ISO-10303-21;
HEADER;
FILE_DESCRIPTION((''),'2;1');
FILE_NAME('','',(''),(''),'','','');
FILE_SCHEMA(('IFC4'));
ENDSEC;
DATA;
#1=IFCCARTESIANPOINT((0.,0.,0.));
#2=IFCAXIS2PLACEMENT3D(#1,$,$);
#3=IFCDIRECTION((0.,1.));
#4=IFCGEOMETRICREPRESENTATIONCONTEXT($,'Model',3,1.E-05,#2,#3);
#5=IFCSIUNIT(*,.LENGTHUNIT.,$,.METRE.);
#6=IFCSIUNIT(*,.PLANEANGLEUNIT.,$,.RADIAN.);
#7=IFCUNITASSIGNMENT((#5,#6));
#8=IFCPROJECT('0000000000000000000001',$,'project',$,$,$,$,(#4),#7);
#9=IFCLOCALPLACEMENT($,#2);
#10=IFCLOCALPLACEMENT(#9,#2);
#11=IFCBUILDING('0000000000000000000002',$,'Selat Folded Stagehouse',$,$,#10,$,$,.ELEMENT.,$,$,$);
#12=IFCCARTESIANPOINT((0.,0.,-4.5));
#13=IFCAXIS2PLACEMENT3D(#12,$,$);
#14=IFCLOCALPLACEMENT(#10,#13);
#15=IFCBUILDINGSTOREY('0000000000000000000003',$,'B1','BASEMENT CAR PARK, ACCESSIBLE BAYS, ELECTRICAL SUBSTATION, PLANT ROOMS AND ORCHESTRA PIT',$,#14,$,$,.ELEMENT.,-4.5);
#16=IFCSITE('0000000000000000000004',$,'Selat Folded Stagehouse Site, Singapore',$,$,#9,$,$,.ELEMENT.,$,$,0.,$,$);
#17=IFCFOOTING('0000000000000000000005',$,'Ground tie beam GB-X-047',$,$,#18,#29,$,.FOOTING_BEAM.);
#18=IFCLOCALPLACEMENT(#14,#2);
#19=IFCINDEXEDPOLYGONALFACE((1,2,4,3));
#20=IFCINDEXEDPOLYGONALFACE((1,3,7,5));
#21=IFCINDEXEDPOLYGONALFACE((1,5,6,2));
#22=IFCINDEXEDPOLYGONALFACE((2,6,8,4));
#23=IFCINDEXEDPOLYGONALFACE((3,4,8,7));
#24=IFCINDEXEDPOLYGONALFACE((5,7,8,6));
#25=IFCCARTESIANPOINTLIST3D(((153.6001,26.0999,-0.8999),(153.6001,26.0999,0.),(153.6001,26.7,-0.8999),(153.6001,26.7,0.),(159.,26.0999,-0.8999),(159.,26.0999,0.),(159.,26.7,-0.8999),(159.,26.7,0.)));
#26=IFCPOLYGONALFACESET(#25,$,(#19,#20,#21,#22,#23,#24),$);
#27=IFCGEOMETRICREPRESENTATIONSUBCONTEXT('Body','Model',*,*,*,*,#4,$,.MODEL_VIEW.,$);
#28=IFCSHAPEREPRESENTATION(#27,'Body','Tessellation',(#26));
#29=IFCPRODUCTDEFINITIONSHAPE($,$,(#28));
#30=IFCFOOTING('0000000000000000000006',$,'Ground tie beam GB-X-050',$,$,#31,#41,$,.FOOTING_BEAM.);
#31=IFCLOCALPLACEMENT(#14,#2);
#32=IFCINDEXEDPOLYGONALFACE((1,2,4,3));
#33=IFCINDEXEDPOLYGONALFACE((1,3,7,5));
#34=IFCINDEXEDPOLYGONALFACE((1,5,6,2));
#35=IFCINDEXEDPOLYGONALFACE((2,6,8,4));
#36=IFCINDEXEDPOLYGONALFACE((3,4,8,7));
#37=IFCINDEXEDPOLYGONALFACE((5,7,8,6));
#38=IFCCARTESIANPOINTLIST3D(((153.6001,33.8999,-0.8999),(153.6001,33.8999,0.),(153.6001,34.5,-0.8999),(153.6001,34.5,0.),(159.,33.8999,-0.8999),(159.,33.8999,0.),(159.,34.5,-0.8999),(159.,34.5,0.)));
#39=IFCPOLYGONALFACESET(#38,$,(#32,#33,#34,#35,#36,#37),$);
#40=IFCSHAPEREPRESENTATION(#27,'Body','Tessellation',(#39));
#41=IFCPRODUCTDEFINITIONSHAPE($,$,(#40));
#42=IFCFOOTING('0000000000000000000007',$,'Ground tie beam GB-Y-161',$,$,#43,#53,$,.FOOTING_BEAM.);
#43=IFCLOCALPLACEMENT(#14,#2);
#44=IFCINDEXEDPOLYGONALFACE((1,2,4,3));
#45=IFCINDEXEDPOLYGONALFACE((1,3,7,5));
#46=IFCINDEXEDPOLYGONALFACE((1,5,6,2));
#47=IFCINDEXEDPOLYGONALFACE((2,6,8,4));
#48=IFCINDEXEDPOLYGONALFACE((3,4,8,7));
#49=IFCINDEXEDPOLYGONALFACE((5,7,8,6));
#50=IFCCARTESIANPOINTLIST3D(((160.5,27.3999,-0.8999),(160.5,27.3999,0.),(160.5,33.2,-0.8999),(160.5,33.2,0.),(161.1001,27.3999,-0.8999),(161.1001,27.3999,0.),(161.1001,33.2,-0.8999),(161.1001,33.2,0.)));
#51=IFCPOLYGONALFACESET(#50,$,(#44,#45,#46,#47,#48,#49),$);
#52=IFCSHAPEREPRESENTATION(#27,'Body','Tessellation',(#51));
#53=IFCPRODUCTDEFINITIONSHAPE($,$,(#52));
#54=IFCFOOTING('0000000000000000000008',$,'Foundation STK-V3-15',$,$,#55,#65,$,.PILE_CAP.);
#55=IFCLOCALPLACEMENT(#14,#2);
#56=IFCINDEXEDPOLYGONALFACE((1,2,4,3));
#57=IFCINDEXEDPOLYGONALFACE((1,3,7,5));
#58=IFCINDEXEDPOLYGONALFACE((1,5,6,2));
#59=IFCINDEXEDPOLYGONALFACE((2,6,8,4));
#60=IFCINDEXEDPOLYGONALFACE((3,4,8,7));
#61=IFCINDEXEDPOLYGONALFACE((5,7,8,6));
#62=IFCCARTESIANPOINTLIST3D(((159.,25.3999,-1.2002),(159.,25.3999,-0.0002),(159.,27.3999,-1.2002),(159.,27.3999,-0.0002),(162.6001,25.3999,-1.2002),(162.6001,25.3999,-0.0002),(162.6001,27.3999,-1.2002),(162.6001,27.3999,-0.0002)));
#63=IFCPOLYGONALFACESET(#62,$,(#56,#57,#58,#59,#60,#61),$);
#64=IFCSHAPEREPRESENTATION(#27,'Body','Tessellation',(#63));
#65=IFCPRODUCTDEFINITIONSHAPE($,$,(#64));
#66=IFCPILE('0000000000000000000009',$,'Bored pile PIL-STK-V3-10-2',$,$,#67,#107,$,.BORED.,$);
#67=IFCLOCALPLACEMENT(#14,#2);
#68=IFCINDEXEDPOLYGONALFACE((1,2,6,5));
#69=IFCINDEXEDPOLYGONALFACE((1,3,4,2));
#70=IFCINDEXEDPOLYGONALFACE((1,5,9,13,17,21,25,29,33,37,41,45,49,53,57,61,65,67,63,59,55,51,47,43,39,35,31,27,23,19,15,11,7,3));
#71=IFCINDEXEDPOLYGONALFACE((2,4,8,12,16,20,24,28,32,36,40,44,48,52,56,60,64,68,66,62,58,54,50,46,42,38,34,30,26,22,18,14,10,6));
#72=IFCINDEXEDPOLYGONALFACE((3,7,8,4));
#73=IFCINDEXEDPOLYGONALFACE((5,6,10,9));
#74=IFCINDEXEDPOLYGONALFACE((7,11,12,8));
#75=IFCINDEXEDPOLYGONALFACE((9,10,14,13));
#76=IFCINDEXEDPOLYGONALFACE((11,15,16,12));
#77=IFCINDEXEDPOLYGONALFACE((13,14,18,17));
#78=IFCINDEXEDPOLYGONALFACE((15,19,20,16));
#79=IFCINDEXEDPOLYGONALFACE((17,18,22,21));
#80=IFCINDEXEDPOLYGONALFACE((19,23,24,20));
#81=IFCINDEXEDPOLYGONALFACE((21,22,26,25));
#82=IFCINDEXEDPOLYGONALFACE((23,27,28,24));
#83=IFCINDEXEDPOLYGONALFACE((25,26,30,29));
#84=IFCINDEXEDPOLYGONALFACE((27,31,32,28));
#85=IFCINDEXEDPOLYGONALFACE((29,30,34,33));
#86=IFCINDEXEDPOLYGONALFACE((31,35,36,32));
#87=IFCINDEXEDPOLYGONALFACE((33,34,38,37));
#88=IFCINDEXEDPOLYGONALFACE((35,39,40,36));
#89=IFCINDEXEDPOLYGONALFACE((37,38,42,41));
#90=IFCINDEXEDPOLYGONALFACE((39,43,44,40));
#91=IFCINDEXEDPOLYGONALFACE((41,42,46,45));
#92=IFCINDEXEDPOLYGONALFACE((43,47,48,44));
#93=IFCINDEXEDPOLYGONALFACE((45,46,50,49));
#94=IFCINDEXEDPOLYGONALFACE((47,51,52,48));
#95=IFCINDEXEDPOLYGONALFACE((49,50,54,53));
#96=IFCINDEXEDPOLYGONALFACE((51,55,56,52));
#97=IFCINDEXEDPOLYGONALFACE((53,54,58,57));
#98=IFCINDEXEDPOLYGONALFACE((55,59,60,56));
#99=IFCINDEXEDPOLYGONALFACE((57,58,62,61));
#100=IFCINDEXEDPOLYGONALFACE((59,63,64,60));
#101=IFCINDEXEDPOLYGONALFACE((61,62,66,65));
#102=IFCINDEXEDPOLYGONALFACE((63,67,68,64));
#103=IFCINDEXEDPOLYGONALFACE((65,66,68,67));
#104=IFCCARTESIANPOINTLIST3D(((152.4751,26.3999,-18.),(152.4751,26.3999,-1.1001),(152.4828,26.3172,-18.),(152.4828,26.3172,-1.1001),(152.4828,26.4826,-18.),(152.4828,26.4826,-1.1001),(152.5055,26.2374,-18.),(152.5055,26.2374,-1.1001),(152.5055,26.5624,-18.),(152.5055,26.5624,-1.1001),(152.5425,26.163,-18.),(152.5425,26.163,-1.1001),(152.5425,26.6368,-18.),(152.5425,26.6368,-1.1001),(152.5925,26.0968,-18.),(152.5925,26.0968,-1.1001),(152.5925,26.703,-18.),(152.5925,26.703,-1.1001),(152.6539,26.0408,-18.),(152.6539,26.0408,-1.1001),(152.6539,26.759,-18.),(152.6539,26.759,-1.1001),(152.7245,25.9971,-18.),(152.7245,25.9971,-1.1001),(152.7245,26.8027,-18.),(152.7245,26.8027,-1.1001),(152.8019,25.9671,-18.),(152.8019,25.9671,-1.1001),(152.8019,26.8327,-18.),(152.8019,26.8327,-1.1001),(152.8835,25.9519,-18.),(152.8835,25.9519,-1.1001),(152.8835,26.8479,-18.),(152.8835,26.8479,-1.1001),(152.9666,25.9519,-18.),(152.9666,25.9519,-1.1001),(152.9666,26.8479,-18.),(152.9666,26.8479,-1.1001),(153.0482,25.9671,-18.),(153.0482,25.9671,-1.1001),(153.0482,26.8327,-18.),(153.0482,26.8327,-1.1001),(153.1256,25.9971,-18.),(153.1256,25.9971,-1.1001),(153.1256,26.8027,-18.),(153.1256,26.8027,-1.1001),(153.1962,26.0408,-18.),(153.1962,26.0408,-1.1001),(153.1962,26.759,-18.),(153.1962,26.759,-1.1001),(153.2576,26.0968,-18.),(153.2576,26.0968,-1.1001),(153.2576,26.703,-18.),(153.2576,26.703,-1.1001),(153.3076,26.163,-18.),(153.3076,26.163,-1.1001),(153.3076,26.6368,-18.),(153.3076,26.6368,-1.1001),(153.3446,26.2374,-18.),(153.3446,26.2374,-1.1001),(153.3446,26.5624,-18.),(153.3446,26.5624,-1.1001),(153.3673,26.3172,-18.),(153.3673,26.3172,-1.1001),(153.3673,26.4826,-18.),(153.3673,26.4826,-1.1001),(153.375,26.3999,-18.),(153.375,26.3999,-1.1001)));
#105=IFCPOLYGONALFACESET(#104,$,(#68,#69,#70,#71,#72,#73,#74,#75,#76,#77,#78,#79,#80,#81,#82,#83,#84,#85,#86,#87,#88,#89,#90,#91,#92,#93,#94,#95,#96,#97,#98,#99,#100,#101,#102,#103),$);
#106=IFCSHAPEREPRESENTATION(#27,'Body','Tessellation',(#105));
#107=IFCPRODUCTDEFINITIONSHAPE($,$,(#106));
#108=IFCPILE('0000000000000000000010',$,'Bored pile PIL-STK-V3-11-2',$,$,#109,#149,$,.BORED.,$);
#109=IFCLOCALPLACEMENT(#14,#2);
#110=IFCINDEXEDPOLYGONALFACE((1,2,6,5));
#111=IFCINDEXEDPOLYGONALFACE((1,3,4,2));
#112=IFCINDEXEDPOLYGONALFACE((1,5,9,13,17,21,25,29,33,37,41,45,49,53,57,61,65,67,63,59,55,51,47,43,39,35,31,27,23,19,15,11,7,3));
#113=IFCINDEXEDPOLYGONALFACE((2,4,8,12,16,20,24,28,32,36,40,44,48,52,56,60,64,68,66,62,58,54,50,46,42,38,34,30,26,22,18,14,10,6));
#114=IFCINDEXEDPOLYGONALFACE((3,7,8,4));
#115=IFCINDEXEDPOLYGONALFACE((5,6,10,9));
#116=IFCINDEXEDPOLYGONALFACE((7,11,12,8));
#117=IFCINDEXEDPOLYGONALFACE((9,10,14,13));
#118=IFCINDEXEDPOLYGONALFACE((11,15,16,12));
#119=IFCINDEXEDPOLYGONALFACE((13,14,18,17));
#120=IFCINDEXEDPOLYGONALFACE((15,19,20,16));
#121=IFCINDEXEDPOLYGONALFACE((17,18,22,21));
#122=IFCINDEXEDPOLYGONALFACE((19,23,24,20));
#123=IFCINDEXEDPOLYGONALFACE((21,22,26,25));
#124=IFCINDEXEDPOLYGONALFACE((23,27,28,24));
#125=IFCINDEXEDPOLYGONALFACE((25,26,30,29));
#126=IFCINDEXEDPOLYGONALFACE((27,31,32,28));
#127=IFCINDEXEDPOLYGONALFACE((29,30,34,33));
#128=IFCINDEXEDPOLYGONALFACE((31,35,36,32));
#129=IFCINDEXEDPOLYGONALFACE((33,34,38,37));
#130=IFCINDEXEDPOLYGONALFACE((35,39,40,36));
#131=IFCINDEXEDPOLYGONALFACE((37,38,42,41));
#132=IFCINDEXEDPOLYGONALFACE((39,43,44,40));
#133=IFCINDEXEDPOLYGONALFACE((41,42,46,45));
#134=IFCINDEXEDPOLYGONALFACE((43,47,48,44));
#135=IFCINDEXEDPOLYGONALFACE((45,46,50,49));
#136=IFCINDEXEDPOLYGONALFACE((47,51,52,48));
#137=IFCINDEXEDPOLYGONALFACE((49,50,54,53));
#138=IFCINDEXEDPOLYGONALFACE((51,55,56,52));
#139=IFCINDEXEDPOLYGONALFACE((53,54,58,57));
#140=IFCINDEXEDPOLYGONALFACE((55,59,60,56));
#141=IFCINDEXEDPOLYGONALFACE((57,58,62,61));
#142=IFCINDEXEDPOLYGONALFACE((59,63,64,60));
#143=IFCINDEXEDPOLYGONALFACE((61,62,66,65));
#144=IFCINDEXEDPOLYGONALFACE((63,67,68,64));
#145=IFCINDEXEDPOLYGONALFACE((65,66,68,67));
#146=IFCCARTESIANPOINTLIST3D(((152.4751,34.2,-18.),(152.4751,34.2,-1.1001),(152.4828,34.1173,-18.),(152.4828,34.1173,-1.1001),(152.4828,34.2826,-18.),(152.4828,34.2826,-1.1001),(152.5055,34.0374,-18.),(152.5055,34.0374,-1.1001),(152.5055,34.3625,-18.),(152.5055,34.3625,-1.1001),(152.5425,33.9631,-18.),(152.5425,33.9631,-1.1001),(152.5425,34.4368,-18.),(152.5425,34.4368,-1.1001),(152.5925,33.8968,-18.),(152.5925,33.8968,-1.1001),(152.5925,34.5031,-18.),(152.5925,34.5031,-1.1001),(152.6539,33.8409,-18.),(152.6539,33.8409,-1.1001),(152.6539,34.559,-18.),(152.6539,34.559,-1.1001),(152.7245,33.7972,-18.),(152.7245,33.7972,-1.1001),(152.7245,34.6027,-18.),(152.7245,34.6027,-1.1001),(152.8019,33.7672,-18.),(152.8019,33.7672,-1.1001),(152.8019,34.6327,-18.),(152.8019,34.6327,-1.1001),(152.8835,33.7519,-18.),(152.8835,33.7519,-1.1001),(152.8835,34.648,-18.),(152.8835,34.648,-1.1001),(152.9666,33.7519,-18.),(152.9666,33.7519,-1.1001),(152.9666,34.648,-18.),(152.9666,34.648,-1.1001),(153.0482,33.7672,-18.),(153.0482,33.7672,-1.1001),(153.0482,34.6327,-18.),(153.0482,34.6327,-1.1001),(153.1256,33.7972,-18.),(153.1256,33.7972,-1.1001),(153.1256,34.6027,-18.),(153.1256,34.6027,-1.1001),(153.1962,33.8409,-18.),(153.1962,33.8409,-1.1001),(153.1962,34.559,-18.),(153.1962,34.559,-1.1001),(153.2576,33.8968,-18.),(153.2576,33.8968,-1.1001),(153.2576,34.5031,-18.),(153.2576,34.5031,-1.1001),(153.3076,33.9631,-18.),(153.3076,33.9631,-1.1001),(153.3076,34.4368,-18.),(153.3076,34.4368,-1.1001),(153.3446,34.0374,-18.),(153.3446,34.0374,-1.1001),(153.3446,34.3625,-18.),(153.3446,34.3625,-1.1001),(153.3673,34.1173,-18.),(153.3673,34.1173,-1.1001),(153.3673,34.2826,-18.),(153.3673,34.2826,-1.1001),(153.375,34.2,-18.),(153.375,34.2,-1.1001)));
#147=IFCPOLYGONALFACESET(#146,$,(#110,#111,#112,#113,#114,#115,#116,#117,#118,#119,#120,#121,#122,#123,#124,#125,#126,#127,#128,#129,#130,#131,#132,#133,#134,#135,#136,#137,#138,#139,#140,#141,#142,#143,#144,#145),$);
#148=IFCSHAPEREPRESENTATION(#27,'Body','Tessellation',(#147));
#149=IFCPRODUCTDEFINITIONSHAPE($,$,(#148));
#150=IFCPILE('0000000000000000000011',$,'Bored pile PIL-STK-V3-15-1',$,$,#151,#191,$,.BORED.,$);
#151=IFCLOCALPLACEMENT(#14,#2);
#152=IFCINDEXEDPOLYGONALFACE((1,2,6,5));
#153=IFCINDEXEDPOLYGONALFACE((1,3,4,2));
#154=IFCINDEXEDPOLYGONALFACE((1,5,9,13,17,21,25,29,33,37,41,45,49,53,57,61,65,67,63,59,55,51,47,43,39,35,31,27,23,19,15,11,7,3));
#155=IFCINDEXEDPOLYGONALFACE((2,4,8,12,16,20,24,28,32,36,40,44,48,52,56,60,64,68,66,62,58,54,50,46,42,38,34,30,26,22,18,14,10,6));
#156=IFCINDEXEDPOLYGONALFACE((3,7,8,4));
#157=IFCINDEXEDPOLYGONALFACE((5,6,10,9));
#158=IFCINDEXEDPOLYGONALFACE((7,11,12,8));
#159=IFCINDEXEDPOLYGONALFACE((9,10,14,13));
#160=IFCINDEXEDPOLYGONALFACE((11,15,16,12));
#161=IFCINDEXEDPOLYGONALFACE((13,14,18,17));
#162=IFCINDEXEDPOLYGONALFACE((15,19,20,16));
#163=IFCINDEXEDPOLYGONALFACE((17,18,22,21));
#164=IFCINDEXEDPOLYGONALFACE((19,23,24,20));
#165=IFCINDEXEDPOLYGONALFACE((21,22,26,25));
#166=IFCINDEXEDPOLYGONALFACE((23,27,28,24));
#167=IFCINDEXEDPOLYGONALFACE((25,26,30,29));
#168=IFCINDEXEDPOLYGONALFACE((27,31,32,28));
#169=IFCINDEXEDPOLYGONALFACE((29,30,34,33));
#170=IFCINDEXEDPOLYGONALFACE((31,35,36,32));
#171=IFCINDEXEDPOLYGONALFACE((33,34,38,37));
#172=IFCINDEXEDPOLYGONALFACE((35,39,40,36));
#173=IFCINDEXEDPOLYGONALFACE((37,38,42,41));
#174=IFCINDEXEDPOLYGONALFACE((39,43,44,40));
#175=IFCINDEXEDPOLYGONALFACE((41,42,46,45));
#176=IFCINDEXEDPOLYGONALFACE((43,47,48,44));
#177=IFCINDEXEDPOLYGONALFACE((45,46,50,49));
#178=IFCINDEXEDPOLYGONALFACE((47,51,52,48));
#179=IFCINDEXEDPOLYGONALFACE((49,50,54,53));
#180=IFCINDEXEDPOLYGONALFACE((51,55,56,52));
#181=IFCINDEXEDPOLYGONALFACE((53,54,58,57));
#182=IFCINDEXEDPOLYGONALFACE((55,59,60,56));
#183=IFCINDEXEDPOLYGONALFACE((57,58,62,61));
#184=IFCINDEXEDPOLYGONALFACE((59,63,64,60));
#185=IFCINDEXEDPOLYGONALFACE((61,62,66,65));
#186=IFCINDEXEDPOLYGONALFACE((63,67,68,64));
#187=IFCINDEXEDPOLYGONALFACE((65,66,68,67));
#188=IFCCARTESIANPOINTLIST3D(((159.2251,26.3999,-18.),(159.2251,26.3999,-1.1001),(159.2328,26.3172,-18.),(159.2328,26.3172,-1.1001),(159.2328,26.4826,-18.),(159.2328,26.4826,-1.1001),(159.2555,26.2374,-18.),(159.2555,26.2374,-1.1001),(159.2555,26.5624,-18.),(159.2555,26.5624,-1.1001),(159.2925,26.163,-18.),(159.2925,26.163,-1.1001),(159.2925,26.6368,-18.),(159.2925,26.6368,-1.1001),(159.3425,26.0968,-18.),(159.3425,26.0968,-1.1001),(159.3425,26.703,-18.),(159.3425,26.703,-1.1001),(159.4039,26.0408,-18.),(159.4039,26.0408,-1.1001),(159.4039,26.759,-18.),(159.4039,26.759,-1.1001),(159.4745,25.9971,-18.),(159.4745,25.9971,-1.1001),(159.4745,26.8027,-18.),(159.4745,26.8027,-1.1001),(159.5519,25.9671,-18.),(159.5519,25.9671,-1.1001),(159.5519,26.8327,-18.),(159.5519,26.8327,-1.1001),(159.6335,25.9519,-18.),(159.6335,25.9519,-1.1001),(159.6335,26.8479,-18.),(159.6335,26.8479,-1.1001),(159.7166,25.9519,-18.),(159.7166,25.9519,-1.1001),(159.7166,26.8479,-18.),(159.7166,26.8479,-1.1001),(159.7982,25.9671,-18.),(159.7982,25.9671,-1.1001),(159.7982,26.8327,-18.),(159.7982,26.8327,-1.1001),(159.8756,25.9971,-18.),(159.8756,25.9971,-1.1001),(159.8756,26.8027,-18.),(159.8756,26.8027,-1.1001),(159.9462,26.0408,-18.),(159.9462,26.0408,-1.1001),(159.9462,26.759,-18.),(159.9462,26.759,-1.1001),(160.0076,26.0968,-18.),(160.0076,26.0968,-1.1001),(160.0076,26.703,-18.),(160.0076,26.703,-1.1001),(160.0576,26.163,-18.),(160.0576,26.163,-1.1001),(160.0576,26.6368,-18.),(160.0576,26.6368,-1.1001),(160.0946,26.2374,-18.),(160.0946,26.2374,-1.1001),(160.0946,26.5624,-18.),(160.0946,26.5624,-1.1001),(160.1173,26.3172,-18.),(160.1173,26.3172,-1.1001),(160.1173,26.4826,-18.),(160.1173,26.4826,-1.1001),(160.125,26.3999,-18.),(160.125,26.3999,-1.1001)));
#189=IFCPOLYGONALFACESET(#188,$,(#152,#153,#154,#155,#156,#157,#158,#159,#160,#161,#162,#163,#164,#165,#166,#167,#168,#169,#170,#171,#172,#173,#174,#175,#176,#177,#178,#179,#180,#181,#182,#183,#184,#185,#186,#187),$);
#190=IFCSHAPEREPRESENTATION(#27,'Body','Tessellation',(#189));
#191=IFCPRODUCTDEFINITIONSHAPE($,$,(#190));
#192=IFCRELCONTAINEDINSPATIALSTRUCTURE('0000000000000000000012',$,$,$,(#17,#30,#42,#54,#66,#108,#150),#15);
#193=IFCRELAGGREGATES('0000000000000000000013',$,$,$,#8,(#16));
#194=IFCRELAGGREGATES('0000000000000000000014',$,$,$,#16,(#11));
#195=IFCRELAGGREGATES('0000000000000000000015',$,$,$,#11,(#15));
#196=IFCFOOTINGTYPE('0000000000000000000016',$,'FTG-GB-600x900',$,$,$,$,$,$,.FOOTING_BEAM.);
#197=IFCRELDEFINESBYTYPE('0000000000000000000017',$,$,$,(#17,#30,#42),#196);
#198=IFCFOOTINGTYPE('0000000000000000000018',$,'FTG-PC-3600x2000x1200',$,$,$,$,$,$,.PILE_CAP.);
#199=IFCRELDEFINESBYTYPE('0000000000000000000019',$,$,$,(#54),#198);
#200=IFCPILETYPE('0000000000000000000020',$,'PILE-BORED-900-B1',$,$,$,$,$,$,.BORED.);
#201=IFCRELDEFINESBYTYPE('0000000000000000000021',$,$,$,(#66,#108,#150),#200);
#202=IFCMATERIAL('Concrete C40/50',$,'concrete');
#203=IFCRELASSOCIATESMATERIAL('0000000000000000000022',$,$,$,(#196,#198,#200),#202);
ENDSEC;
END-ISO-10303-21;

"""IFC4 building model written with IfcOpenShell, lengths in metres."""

from ifc_helpers import new_model, si_unit, direction, frame, origin, origin_2d, place, context, subcontext, project, spatial, rectangle, circle, extrude, material, material_profile, profile_set, type_object, element, save


model = new_model("IFC4")

# Units and contexts
model_context = context("Model", 3, precision=1e-05, world=origin(), true_north=direction((0.0, 1.0)))
body_context = subcontext(model_context, "Body", "Model", "MODEL_VIEW")
ifc_project = project(units=[si_unit("LENGTHUNIT", "METRE"), si_unit("PLANEANGLEUNIT", "RADIAN")], contexts=[model_context])

# Site, building, storey
site_placement = place(None, origin())
site = spatial("IfcSite", under=ifc_project, at=site_placement, Name="Selat Folded Stagehouse Site, Singapore", CompositionType="ELEMENT", RefElevation=0.0)
building_placement = place(site_placement, origin())
building = spatial("IfcBuilding", under=site, at=building_placement, Name="Selat Folded Stagehouse", CompositionType="ELEMENT")
storey_placement = place(building_placement, frame((0.0, 0.0, -4.5)))
storey = spatial("IfcBuildingStorey", under=building, at=storey_placement, Name="B1", Description="BASEMENT CAR PARK, ACCESSIBLE BAYS, ELECTRICAL SUBSTATION, PLANT ROOMS AND ORCHESTRA PIT", CompositionType="ELEMENT", Elevation=-4.5)

# Footings
ifc_material_1 = material(Name="Concrete C40/50", Category="concrete")
ifc_material_profile_1 = material_profile(ifc_material_1, rectangle(XDim=0.6001, YDim=0.8999, at=origin_2d()), Name="RC 900x600")
ifc_profile_set_1 = profile_set([ifc_material_profile_1], Name="Concrete C40/50")
footing_type_1 = type_object("IfcFootingType", Name="FTG-GB-600x900", PredefinedType="FOOTING_BEAM", material=ifc_profile_set_1)
for number, where, z_axis, x_axis, name in (
    (1, (153.6001, 26.3999, -0.45), (1.0, 0.0, 0.0), (0.0, 1.0, 0.0), "Ground tie beam GB-X-047"),
    (2, (153.6001, 34.2, -0.45), (1.0, 0.0, 0.0), (0.0, 1.0, 0.0), "Ground tie beam GB-X-050"),
):
    element("IfcFooting", number, at=place(storey_placement, frame(where, z_axis=z_axis, x_axis=x_axis)), inside=storey, type_object=footing_type_1, Name=name, PredefinedType="FOOTING_BEAM", context=body_context, shape_type="SweptSolid", body=[
        extrude(rectangle(XDim=0.6001, YDim=0.8999, at=origin_2d()), origin(), (0.0, 0.0, 1.0), 5.3999),
    ])
footing_1_placement = place(storey_placement, frame((160.8, 27.3999, -0.45), z_axis=(0.0, 1.0, 0.0), x_axis=(-1.0, 0.0, 0.0)))
element("IfcFooting", 3, at=footing_1_placement, inside=storey, type_object=footing_type_1, Name="Ground tie beam GB-Y-161", PredefinedType="FOOTING_BEAM", context=body_context, shape_type="SweptSolid", body=[
    extrude(rectangle(XDim=0.6001, YDim=0.8999, at=origin_2d()), origin(), (0.0, 0.0, 1.0), 5.8),
])
footing_type_2 = type_object("IfcFootingType", Name="FTG-PC-3600x2000x1200", PredefinedType="PILE_CAP", material=ifc_material_1)
footing_2_placement = place(storey_placement, frame((160.8, 26.3999, -1.2002), z_axis=(0.0, 0.0, 1.0), x_axis=(1.0, 0.0, 0.0)))
element("IfcFooting", 4, at=footing_2_placement, inside=storey, type_object=footing_type_2, Name="Foundation STK-V3-15", PredefinedType="PILE_CAP", context=body_context, shape_type="SweptSolid", body=[
    extrude(rectangle(XDim=3.6001, YDim=2.0, at=origin_2d()), origin(), (0.0, 0.0, 1.0), 1.2),
])

# Piles
ifc_material_profile_2 = material_profile(ifc_material_1, circle(Radius=0.45, at=origin_2d()), Name="PILE D900")
ifc_profile_set_2 = profile_set([ifc_material_profile_2], Name="Concrete C40/50")
pile_type = type_object("IfcPileType", Name="PILE-BORED-900-B1", PredefinedType="BORED", material=ifc_profile_set_2)
for number, where, z_axis, x_axis, name in (
    (5, (152.925, 26.3999, -1.1001), (0.0, 0.0, -1.0), (1.0, 0.0, 0.0), "Bored pile PIL-STK-V3-10-2"),
    (6, (152.925, 34.2, -1.1001), (0.0, 0.0, -1.0), (1.0, 0.0, 0.0), "Bored pile PIL-STK-V3-11-2"),
    (7, (159.675, 26.3999, -1.1001), (0.0, 0.0, -1.0), (1.0, 0.0, 0.0), "Bored pile PIL-STK-V3-15-1"),
):
    element("IfcPile", number, at=place(storey_placement, frame(where, z_axis=z_axis, x_axis=x_axis)), inside=storey, type_object=pile_type, Name=name, PredefinedType="BORED", context=body_context, shape_type="SweptSolid", body=[
        extrude(circle(Radius=0.45, at=origin_2d()), origin(), (0.0, 0.0, 1.0), 16.8999),
    ])

save(model, "model.ifc")
